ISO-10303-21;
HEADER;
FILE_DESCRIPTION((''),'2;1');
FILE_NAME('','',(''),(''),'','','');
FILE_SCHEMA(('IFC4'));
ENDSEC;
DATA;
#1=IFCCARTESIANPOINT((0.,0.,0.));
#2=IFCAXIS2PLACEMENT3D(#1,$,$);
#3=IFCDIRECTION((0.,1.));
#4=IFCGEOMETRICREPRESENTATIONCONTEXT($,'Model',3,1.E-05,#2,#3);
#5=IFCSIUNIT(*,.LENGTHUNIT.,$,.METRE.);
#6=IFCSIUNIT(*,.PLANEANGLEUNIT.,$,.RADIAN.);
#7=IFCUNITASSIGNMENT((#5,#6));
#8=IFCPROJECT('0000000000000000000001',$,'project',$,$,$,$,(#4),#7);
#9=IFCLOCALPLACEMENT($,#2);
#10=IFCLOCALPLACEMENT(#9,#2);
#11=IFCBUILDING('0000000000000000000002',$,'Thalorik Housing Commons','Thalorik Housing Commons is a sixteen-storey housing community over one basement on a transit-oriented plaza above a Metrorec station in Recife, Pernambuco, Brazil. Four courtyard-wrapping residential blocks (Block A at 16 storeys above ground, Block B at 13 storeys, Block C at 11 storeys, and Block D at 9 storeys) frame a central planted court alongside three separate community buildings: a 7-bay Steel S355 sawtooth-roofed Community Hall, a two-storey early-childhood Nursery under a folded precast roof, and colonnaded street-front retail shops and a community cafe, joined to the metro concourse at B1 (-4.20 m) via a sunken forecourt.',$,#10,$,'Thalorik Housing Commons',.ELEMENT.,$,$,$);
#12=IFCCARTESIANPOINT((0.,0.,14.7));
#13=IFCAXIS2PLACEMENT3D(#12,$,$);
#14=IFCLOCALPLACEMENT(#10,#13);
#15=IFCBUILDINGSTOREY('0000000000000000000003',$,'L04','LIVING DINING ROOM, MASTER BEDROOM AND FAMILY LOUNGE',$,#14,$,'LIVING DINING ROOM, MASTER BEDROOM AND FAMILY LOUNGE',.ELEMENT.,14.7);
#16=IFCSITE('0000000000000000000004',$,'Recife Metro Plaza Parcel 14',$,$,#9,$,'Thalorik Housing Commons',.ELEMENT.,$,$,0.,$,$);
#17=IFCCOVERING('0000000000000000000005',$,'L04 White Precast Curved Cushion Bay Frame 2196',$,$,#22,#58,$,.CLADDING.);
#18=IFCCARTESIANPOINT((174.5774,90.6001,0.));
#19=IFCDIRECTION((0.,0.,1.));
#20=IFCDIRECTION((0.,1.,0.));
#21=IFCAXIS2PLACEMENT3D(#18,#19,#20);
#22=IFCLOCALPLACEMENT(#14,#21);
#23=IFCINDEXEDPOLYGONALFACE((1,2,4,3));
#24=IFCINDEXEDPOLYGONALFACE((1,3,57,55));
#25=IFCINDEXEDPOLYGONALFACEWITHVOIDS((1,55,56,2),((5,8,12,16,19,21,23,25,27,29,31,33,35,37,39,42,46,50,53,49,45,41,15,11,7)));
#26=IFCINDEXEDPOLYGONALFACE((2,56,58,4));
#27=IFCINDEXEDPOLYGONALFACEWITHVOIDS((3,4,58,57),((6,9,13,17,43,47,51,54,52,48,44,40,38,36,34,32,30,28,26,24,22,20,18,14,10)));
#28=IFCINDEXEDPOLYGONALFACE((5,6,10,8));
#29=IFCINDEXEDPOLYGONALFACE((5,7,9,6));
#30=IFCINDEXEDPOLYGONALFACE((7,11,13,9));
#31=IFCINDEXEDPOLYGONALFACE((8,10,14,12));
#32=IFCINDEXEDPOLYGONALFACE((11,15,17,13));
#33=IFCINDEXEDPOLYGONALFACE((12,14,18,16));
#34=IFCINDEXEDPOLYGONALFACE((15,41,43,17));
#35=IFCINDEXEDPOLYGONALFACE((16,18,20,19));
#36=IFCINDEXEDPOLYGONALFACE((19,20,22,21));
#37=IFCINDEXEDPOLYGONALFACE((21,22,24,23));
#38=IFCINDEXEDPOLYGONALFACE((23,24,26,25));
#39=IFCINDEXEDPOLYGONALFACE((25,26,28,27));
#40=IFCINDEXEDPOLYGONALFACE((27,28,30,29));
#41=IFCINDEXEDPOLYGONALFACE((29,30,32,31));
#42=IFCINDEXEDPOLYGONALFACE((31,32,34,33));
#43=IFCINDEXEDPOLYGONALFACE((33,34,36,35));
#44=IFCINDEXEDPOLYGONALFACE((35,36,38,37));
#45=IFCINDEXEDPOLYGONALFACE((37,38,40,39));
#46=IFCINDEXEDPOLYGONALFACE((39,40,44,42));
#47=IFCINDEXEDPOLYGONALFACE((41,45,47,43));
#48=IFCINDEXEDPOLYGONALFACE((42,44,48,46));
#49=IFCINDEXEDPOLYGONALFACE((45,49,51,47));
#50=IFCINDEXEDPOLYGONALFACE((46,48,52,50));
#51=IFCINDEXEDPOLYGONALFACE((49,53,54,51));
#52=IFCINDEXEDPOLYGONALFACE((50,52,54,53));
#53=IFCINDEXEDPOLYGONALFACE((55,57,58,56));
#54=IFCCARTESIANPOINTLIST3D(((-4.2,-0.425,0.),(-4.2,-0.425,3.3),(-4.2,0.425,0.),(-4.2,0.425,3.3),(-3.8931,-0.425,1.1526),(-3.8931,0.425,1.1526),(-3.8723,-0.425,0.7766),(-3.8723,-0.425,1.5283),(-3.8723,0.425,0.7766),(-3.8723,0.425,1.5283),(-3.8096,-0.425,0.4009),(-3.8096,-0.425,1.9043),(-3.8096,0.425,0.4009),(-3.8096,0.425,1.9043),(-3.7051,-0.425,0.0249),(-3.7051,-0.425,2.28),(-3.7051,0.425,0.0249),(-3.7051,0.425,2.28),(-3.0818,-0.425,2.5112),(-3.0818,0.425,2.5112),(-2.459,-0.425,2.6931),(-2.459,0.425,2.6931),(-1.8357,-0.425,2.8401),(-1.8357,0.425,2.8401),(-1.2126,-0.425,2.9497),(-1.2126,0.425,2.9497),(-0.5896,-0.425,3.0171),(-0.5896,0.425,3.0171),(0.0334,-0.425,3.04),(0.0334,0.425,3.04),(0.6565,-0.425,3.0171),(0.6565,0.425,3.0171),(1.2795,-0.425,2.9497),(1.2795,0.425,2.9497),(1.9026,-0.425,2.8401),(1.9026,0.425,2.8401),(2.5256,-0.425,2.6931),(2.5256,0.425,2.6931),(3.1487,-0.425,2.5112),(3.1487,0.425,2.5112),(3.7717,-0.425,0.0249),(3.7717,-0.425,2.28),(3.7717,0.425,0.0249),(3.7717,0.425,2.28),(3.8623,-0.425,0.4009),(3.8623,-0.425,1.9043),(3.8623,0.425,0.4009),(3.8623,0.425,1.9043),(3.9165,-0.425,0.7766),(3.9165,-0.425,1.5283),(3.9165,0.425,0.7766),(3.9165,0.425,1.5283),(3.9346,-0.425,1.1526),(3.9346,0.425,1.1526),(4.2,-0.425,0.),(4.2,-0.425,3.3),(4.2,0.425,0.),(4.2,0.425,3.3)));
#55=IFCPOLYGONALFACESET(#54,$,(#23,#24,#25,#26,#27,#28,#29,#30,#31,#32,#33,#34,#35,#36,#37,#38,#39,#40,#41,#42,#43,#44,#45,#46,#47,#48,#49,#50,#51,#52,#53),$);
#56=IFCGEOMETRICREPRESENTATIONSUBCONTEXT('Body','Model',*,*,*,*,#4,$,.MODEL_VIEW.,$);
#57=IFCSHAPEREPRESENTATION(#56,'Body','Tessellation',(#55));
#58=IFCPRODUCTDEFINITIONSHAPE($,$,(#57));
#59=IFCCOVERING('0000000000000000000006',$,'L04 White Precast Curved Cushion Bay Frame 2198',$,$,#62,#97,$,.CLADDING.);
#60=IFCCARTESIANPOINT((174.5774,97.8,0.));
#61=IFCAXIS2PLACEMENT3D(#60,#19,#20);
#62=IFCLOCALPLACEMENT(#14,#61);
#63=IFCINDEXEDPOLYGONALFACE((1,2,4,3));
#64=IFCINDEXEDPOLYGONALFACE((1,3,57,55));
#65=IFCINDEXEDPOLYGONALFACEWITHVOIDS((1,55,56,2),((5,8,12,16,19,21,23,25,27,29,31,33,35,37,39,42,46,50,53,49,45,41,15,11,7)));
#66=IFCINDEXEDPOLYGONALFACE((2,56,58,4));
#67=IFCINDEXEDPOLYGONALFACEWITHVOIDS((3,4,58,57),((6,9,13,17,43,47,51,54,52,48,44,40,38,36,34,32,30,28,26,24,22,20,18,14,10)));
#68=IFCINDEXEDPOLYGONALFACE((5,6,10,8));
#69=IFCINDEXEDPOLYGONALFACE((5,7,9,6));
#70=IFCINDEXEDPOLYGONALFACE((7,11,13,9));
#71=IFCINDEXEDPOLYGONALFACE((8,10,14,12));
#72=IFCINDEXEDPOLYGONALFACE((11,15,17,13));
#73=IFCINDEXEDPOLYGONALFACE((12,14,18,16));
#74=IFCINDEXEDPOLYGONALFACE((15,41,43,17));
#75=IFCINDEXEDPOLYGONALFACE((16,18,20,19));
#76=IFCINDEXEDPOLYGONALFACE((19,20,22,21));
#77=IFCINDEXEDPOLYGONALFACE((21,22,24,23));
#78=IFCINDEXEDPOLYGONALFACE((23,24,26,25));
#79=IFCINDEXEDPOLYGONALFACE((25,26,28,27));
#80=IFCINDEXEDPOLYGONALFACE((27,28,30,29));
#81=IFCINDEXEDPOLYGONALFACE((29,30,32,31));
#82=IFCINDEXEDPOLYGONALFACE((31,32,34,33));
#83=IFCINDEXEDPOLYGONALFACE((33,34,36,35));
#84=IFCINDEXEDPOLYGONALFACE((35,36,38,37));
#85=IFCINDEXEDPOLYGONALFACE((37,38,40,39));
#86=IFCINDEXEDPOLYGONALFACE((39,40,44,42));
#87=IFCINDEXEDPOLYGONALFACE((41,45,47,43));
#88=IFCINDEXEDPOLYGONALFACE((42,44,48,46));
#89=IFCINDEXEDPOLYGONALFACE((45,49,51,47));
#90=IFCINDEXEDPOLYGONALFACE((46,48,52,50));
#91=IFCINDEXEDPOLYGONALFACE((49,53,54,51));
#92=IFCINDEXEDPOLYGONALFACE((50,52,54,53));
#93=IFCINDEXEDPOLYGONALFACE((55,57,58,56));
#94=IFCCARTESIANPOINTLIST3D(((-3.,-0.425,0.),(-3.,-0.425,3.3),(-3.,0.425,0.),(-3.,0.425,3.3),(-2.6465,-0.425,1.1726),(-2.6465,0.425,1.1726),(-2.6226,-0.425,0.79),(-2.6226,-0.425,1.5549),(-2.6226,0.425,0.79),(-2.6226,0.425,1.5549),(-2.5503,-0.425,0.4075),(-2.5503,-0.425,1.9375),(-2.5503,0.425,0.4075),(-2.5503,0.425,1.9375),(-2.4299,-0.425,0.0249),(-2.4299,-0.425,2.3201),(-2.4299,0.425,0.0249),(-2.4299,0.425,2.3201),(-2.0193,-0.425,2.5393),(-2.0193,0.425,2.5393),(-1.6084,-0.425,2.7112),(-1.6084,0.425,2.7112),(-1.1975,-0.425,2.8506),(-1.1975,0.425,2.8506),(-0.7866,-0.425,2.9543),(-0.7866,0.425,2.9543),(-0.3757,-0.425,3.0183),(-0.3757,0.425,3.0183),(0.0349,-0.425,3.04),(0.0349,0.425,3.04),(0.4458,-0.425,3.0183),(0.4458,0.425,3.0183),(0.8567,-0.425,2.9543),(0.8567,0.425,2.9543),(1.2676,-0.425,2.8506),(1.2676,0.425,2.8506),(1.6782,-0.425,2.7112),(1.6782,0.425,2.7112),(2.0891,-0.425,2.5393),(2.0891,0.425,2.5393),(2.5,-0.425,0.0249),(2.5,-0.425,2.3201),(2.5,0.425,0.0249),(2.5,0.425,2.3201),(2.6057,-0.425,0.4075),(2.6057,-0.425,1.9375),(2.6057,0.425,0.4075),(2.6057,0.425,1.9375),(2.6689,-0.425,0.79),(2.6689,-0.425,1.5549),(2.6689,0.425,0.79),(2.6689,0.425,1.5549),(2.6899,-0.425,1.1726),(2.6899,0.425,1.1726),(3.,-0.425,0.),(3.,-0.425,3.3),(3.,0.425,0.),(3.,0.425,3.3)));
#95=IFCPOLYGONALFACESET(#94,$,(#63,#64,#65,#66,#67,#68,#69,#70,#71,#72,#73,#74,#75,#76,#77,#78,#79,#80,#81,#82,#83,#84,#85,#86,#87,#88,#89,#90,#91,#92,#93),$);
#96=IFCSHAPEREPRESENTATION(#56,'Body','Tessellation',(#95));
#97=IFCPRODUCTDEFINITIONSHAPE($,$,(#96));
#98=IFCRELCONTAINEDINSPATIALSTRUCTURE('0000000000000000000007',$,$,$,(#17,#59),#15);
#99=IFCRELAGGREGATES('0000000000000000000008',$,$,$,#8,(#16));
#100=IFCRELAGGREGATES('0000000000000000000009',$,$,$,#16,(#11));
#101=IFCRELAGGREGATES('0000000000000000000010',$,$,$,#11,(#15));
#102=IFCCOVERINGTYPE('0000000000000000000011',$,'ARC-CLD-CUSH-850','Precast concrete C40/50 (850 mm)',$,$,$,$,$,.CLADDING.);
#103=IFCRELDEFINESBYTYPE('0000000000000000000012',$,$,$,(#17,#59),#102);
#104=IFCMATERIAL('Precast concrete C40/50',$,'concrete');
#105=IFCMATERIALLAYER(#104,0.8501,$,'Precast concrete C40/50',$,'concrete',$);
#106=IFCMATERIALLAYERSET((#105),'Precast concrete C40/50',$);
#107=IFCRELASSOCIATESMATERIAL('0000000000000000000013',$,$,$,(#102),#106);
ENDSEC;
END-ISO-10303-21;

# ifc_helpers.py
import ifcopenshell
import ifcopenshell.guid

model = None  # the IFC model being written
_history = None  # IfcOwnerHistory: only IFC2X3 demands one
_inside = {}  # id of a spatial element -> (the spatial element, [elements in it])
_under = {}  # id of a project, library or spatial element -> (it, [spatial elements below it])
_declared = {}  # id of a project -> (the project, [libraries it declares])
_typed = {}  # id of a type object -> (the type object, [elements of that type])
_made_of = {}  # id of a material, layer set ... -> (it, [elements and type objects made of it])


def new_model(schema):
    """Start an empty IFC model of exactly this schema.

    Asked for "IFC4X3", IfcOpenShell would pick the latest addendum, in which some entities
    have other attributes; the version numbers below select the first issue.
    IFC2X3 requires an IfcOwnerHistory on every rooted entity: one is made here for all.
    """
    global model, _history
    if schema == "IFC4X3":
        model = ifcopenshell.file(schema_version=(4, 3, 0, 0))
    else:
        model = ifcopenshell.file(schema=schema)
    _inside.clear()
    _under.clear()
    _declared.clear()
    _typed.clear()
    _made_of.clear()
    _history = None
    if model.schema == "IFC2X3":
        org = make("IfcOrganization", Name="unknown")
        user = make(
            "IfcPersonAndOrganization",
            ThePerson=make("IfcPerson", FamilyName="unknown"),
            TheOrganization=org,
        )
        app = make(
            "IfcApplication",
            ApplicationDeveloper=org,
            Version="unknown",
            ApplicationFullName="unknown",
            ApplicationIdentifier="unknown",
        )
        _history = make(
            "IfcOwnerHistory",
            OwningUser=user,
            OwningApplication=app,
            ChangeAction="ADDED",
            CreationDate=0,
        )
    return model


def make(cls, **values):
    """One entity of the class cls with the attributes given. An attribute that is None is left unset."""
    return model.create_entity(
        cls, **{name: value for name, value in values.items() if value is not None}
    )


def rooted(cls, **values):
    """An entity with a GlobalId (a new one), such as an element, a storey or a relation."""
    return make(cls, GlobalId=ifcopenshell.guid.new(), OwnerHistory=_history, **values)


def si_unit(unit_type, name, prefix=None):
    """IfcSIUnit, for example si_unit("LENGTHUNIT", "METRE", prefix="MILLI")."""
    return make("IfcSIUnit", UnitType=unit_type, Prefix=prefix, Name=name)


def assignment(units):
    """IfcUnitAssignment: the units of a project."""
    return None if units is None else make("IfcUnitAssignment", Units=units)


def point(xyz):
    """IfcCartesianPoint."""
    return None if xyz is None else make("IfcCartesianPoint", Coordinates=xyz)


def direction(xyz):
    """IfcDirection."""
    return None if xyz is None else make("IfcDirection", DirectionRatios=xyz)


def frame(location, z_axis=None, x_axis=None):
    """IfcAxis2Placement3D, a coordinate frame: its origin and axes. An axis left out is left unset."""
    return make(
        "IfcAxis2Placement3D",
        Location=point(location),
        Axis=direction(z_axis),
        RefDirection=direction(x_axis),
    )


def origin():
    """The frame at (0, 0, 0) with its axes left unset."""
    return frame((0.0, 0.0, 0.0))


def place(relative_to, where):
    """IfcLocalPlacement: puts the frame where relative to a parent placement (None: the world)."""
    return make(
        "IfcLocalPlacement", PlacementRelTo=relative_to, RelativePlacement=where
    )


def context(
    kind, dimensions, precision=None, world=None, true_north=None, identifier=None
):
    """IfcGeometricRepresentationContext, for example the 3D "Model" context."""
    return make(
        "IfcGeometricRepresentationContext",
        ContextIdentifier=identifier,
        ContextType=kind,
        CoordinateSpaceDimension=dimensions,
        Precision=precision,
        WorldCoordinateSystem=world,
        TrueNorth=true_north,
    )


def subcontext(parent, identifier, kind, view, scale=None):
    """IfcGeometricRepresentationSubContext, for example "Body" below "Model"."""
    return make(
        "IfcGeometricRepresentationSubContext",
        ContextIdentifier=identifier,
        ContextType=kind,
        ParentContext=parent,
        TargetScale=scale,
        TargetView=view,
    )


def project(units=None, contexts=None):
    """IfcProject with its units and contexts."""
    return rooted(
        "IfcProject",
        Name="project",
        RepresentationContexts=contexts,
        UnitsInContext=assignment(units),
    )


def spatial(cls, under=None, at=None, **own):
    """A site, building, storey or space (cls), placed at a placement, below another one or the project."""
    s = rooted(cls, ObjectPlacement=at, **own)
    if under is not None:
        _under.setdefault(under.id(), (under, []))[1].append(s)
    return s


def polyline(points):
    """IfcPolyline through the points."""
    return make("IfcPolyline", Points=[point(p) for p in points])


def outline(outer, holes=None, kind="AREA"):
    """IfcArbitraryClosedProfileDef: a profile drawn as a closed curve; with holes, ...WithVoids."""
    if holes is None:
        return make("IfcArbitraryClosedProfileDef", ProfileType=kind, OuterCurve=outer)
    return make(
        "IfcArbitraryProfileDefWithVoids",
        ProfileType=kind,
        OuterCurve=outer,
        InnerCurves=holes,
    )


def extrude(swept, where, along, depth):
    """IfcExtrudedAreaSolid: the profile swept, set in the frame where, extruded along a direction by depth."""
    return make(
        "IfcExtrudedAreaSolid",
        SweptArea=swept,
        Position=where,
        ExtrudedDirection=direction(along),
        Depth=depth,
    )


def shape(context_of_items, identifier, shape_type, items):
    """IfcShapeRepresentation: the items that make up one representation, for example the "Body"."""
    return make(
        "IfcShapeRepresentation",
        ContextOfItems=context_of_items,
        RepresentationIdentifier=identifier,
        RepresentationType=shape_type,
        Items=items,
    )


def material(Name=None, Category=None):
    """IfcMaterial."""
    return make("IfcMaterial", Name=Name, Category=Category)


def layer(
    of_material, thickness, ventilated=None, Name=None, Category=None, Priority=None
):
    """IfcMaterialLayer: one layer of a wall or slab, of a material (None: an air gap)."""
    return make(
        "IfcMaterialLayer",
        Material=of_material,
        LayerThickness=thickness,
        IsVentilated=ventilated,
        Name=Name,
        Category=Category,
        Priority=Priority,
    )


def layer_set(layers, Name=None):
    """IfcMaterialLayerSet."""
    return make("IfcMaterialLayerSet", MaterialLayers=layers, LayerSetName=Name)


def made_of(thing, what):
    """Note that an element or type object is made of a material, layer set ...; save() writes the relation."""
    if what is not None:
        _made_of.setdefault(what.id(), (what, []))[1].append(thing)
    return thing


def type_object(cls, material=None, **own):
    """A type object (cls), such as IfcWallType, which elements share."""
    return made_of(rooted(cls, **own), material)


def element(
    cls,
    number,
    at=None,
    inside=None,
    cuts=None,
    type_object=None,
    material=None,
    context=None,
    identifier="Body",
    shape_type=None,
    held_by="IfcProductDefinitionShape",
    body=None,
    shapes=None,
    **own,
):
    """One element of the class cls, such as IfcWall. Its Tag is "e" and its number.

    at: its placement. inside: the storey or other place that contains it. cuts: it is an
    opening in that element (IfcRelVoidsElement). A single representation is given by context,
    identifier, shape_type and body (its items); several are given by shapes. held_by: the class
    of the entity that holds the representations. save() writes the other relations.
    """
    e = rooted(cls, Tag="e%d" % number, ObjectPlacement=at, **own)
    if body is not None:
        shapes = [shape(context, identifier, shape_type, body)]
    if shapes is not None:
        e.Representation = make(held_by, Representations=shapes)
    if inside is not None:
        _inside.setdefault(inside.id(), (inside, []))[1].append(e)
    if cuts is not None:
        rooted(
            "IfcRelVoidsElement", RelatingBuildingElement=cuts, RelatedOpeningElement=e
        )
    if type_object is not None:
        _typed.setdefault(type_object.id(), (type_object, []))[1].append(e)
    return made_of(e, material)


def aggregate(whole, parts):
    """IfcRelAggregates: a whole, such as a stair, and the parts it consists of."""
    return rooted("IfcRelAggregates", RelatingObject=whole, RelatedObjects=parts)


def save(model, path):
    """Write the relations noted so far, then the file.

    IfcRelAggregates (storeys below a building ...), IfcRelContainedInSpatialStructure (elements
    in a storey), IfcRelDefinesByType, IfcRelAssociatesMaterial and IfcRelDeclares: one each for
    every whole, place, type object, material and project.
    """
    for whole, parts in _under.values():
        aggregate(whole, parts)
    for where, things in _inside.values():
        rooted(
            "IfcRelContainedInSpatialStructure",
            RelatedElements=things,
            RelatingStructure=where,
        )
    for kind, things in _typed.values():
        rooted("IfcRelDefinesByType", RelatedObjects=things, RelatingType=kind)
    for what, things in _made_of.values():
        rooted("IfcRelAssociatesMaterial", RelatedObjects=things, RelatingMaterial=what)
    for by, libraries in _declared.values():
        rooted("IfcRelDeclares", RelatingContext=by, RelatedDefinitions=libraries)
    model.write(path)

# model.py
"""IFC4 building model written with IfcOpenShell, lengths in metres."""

from ifc_helpers import new_model, si_unit, direction, frame, origin, place, context, subcontext, project, spatial, polyline, outline, extrude, material, layer, layer_set, type_object, element, save


model = new_model("IFC4")

# Units and contexts
model_context = context("Model", 3, precision=1e-05, world=origin(), true_north=direction((0.0, 1.0)))
body_context = subcontext(model_context, "Body", "Model", "MODEL_VIEW")
ifc_project = project(units=[si_unit("LENGTHUNIT", "METRE"), si_unit("PLANEANGLEUNIT", "RADIAN")], contexts=[model_context])

# Site, building, storey
site_placement = place(None, origin())
site = spatial("IfcSite", under=ifc_project, at=site_placement, Name="Recife Metro Plaza Parcel 14", LongName="Thalorik Housing Commons", CompositionType="ELEMENT", RefElevation=0.0)
building_placement = place(site_placement, origin())
building = spatial("IfcBuilding", under=site, at=building_placement, Name="Thalorik Housing Commons", Description="Thalorik Housing Commons is a sixteen-storey housing community over one basement on a transit-oriented plaza above a Metrorec station in Recife, Pernambuco, Brazil. Four courtyard-wrapping residential blocks (Block A at 16 storeys above ground, Block B at 13 storeys, Block C at 11 storeys, and Block D at 9 storeys) frame a central planted court alongside three separate community buildings: a 7-bay Steel S355 sawtooth-roofed Community Hall, a two-storey early-childhood Nursery under a folded precast roof, and colonnaded street-front retail shops and a community cafe, joined to the metro concourse at B1 (-4.20 m) via a sunken forecourt.", LongName="Thalorik Housing Commons", CompositionType="ELEMENT")
storey_placement = place(building_placement, frame((0.0, 0.0, 14.7)))
storey = spatial("IfcBuildingStorey", under=building, at=storey_placement, Name="L04", Description="LIVING DINING ROOM, MASTER BEDROOM AND FAMILY LOUNGE", LongName="LIVING DINING ROOM, MASTER BEDROOM AND FAMILY LOUNGE", CompositionType="ELEMENT", Elevation=14.7)

# Shared definitions
ifc_material_1 = material(Name="Precast concrete C40/50", Category="concrete")

# Coverings
ifc_layer_1 = layer(ifc_material_1, 0.8501, Name="Precast concrete C40/50", Category="concrete")
ifc_layer_set_1 = layer_set([ifc_layer_1], Name="Precast concrete C40/50")
covering_type = type_object("IfcCoveringType", Name="ARC-CLD-CUSH-850", Description="Precast concrete C40/50 (850 mm)", PredefinedType="CLADDING", material=ifc_layer_set_1)
covering_1_placement = place(storey_placement, frame((174.5774, 90.6001, 0.0), z_axis=(0.0, 0.0, 1.0), x_axis=(0.0, 1.0, 0.0)))
element("IfcCovering", 1, at=covering_1_placement, inside=storey, type_object=covering_type, Name="L04 White Precast Curved Cushion Bay Frame 2196", PredefinedType="CLADDING", context=body_context, shape_type="SweptSolid", body=[
    extrude(outline(polyline([(-4.2, 0.0), (4.2, 0.0), (4.2, 3.3), (-4.2, 3.3), (-4.2, 0.0)]), holes=[polyline([(3.7717, 0.0249), (3.8623, 0.4009), (3.9165, 0.7766), (3.9346, 1.1526), (3.9165, 1.5283), (3.8623, 1.9043), (3.7717, 2.28), (3.1487, 2.5112), (2.5256, 2.6931), (1.9026, 2.8401), (1.2795, 2.9497), (0.6565, 3.0171), (0.0334, 3.04), (-0.5896, 3.0171), (-1.2126, 2.9497), (-1.8357, 2.8401), (-2.459, 2.6931), (-3.0818, 2.5112), (-3.7051, 2.28), (-3.8096, 1.9043), (-3.8723, 1.5283), (-3.8931, 1.1526), (-3.8723, 0.7766), (-3.8096, 0.4009), (-3.7051, 0.0249), (3.7717, 0.0249)])]), frame((0.0, 0.425, 0.0), z_axis=(0.0, -1.0, 0.0), x_axis=(1.0, 0.0, 0.0)), (0.0, 0.0, 1.0), 0.8501),
])
covering_2_placement = place(storey_placement, frame((174.5774, 97.8, 0.0), z_axis=(0.0, 0.0, 1.0), x_axis=(0.0, 1.0, 0.0)))
element("IfcCovering", 2, at=covering_2_placement, inside=storey, type_object=covering_type, Name="L04 White Precast Curved Cushion Bay Frame 2198", PredefinedType="CLADDING", context=body_context, shape_type="SweptSolid", body=[
    extrude(outline(polyline([(-3.0, 0.0), (3.0, 0.0), (3.0, 3.3), (-3.0, 3.3), (-3.0, 0.0)]), holes=[polyline([(2.5, 0.0249), (2.6057, 0.4075), (2.6689, 0.79), (2.6899, 1.1726), (2.6689, 1.5549), (2.6057, 1.9375), (2.5, 2.3201), (2.0891, 2.5393), (1.6782, 2.7112), (1.2676, 2.8506), (0.8567, 2.9543), (0.4458, 3.0183), (0.0349, 3.04), (-0.3757, 3.0183), (-0.7866, 2.9543), (-1.1975, 2.8506), (-1.6084, 2.7112), (-2.0193, 2.5393), (-2.4299, 2.3201), (-2.5503, 1.9375), (-2.6226, 1.5549), (-2.6465, 1.1726), (-2.6226, 0.79), (-2.5503, 0.4075), (-2.4299, 0.0249), (2.5, 0.0249)])]), frame((0.0, 0.425, 0.0), z_axis=(0.0, -1.0, 0.0), x_axis=(1.0, 0.0, 0.0)), (0.0, 0.0, 1.0), 0.8501),
])

save(model, "model.ifc")
